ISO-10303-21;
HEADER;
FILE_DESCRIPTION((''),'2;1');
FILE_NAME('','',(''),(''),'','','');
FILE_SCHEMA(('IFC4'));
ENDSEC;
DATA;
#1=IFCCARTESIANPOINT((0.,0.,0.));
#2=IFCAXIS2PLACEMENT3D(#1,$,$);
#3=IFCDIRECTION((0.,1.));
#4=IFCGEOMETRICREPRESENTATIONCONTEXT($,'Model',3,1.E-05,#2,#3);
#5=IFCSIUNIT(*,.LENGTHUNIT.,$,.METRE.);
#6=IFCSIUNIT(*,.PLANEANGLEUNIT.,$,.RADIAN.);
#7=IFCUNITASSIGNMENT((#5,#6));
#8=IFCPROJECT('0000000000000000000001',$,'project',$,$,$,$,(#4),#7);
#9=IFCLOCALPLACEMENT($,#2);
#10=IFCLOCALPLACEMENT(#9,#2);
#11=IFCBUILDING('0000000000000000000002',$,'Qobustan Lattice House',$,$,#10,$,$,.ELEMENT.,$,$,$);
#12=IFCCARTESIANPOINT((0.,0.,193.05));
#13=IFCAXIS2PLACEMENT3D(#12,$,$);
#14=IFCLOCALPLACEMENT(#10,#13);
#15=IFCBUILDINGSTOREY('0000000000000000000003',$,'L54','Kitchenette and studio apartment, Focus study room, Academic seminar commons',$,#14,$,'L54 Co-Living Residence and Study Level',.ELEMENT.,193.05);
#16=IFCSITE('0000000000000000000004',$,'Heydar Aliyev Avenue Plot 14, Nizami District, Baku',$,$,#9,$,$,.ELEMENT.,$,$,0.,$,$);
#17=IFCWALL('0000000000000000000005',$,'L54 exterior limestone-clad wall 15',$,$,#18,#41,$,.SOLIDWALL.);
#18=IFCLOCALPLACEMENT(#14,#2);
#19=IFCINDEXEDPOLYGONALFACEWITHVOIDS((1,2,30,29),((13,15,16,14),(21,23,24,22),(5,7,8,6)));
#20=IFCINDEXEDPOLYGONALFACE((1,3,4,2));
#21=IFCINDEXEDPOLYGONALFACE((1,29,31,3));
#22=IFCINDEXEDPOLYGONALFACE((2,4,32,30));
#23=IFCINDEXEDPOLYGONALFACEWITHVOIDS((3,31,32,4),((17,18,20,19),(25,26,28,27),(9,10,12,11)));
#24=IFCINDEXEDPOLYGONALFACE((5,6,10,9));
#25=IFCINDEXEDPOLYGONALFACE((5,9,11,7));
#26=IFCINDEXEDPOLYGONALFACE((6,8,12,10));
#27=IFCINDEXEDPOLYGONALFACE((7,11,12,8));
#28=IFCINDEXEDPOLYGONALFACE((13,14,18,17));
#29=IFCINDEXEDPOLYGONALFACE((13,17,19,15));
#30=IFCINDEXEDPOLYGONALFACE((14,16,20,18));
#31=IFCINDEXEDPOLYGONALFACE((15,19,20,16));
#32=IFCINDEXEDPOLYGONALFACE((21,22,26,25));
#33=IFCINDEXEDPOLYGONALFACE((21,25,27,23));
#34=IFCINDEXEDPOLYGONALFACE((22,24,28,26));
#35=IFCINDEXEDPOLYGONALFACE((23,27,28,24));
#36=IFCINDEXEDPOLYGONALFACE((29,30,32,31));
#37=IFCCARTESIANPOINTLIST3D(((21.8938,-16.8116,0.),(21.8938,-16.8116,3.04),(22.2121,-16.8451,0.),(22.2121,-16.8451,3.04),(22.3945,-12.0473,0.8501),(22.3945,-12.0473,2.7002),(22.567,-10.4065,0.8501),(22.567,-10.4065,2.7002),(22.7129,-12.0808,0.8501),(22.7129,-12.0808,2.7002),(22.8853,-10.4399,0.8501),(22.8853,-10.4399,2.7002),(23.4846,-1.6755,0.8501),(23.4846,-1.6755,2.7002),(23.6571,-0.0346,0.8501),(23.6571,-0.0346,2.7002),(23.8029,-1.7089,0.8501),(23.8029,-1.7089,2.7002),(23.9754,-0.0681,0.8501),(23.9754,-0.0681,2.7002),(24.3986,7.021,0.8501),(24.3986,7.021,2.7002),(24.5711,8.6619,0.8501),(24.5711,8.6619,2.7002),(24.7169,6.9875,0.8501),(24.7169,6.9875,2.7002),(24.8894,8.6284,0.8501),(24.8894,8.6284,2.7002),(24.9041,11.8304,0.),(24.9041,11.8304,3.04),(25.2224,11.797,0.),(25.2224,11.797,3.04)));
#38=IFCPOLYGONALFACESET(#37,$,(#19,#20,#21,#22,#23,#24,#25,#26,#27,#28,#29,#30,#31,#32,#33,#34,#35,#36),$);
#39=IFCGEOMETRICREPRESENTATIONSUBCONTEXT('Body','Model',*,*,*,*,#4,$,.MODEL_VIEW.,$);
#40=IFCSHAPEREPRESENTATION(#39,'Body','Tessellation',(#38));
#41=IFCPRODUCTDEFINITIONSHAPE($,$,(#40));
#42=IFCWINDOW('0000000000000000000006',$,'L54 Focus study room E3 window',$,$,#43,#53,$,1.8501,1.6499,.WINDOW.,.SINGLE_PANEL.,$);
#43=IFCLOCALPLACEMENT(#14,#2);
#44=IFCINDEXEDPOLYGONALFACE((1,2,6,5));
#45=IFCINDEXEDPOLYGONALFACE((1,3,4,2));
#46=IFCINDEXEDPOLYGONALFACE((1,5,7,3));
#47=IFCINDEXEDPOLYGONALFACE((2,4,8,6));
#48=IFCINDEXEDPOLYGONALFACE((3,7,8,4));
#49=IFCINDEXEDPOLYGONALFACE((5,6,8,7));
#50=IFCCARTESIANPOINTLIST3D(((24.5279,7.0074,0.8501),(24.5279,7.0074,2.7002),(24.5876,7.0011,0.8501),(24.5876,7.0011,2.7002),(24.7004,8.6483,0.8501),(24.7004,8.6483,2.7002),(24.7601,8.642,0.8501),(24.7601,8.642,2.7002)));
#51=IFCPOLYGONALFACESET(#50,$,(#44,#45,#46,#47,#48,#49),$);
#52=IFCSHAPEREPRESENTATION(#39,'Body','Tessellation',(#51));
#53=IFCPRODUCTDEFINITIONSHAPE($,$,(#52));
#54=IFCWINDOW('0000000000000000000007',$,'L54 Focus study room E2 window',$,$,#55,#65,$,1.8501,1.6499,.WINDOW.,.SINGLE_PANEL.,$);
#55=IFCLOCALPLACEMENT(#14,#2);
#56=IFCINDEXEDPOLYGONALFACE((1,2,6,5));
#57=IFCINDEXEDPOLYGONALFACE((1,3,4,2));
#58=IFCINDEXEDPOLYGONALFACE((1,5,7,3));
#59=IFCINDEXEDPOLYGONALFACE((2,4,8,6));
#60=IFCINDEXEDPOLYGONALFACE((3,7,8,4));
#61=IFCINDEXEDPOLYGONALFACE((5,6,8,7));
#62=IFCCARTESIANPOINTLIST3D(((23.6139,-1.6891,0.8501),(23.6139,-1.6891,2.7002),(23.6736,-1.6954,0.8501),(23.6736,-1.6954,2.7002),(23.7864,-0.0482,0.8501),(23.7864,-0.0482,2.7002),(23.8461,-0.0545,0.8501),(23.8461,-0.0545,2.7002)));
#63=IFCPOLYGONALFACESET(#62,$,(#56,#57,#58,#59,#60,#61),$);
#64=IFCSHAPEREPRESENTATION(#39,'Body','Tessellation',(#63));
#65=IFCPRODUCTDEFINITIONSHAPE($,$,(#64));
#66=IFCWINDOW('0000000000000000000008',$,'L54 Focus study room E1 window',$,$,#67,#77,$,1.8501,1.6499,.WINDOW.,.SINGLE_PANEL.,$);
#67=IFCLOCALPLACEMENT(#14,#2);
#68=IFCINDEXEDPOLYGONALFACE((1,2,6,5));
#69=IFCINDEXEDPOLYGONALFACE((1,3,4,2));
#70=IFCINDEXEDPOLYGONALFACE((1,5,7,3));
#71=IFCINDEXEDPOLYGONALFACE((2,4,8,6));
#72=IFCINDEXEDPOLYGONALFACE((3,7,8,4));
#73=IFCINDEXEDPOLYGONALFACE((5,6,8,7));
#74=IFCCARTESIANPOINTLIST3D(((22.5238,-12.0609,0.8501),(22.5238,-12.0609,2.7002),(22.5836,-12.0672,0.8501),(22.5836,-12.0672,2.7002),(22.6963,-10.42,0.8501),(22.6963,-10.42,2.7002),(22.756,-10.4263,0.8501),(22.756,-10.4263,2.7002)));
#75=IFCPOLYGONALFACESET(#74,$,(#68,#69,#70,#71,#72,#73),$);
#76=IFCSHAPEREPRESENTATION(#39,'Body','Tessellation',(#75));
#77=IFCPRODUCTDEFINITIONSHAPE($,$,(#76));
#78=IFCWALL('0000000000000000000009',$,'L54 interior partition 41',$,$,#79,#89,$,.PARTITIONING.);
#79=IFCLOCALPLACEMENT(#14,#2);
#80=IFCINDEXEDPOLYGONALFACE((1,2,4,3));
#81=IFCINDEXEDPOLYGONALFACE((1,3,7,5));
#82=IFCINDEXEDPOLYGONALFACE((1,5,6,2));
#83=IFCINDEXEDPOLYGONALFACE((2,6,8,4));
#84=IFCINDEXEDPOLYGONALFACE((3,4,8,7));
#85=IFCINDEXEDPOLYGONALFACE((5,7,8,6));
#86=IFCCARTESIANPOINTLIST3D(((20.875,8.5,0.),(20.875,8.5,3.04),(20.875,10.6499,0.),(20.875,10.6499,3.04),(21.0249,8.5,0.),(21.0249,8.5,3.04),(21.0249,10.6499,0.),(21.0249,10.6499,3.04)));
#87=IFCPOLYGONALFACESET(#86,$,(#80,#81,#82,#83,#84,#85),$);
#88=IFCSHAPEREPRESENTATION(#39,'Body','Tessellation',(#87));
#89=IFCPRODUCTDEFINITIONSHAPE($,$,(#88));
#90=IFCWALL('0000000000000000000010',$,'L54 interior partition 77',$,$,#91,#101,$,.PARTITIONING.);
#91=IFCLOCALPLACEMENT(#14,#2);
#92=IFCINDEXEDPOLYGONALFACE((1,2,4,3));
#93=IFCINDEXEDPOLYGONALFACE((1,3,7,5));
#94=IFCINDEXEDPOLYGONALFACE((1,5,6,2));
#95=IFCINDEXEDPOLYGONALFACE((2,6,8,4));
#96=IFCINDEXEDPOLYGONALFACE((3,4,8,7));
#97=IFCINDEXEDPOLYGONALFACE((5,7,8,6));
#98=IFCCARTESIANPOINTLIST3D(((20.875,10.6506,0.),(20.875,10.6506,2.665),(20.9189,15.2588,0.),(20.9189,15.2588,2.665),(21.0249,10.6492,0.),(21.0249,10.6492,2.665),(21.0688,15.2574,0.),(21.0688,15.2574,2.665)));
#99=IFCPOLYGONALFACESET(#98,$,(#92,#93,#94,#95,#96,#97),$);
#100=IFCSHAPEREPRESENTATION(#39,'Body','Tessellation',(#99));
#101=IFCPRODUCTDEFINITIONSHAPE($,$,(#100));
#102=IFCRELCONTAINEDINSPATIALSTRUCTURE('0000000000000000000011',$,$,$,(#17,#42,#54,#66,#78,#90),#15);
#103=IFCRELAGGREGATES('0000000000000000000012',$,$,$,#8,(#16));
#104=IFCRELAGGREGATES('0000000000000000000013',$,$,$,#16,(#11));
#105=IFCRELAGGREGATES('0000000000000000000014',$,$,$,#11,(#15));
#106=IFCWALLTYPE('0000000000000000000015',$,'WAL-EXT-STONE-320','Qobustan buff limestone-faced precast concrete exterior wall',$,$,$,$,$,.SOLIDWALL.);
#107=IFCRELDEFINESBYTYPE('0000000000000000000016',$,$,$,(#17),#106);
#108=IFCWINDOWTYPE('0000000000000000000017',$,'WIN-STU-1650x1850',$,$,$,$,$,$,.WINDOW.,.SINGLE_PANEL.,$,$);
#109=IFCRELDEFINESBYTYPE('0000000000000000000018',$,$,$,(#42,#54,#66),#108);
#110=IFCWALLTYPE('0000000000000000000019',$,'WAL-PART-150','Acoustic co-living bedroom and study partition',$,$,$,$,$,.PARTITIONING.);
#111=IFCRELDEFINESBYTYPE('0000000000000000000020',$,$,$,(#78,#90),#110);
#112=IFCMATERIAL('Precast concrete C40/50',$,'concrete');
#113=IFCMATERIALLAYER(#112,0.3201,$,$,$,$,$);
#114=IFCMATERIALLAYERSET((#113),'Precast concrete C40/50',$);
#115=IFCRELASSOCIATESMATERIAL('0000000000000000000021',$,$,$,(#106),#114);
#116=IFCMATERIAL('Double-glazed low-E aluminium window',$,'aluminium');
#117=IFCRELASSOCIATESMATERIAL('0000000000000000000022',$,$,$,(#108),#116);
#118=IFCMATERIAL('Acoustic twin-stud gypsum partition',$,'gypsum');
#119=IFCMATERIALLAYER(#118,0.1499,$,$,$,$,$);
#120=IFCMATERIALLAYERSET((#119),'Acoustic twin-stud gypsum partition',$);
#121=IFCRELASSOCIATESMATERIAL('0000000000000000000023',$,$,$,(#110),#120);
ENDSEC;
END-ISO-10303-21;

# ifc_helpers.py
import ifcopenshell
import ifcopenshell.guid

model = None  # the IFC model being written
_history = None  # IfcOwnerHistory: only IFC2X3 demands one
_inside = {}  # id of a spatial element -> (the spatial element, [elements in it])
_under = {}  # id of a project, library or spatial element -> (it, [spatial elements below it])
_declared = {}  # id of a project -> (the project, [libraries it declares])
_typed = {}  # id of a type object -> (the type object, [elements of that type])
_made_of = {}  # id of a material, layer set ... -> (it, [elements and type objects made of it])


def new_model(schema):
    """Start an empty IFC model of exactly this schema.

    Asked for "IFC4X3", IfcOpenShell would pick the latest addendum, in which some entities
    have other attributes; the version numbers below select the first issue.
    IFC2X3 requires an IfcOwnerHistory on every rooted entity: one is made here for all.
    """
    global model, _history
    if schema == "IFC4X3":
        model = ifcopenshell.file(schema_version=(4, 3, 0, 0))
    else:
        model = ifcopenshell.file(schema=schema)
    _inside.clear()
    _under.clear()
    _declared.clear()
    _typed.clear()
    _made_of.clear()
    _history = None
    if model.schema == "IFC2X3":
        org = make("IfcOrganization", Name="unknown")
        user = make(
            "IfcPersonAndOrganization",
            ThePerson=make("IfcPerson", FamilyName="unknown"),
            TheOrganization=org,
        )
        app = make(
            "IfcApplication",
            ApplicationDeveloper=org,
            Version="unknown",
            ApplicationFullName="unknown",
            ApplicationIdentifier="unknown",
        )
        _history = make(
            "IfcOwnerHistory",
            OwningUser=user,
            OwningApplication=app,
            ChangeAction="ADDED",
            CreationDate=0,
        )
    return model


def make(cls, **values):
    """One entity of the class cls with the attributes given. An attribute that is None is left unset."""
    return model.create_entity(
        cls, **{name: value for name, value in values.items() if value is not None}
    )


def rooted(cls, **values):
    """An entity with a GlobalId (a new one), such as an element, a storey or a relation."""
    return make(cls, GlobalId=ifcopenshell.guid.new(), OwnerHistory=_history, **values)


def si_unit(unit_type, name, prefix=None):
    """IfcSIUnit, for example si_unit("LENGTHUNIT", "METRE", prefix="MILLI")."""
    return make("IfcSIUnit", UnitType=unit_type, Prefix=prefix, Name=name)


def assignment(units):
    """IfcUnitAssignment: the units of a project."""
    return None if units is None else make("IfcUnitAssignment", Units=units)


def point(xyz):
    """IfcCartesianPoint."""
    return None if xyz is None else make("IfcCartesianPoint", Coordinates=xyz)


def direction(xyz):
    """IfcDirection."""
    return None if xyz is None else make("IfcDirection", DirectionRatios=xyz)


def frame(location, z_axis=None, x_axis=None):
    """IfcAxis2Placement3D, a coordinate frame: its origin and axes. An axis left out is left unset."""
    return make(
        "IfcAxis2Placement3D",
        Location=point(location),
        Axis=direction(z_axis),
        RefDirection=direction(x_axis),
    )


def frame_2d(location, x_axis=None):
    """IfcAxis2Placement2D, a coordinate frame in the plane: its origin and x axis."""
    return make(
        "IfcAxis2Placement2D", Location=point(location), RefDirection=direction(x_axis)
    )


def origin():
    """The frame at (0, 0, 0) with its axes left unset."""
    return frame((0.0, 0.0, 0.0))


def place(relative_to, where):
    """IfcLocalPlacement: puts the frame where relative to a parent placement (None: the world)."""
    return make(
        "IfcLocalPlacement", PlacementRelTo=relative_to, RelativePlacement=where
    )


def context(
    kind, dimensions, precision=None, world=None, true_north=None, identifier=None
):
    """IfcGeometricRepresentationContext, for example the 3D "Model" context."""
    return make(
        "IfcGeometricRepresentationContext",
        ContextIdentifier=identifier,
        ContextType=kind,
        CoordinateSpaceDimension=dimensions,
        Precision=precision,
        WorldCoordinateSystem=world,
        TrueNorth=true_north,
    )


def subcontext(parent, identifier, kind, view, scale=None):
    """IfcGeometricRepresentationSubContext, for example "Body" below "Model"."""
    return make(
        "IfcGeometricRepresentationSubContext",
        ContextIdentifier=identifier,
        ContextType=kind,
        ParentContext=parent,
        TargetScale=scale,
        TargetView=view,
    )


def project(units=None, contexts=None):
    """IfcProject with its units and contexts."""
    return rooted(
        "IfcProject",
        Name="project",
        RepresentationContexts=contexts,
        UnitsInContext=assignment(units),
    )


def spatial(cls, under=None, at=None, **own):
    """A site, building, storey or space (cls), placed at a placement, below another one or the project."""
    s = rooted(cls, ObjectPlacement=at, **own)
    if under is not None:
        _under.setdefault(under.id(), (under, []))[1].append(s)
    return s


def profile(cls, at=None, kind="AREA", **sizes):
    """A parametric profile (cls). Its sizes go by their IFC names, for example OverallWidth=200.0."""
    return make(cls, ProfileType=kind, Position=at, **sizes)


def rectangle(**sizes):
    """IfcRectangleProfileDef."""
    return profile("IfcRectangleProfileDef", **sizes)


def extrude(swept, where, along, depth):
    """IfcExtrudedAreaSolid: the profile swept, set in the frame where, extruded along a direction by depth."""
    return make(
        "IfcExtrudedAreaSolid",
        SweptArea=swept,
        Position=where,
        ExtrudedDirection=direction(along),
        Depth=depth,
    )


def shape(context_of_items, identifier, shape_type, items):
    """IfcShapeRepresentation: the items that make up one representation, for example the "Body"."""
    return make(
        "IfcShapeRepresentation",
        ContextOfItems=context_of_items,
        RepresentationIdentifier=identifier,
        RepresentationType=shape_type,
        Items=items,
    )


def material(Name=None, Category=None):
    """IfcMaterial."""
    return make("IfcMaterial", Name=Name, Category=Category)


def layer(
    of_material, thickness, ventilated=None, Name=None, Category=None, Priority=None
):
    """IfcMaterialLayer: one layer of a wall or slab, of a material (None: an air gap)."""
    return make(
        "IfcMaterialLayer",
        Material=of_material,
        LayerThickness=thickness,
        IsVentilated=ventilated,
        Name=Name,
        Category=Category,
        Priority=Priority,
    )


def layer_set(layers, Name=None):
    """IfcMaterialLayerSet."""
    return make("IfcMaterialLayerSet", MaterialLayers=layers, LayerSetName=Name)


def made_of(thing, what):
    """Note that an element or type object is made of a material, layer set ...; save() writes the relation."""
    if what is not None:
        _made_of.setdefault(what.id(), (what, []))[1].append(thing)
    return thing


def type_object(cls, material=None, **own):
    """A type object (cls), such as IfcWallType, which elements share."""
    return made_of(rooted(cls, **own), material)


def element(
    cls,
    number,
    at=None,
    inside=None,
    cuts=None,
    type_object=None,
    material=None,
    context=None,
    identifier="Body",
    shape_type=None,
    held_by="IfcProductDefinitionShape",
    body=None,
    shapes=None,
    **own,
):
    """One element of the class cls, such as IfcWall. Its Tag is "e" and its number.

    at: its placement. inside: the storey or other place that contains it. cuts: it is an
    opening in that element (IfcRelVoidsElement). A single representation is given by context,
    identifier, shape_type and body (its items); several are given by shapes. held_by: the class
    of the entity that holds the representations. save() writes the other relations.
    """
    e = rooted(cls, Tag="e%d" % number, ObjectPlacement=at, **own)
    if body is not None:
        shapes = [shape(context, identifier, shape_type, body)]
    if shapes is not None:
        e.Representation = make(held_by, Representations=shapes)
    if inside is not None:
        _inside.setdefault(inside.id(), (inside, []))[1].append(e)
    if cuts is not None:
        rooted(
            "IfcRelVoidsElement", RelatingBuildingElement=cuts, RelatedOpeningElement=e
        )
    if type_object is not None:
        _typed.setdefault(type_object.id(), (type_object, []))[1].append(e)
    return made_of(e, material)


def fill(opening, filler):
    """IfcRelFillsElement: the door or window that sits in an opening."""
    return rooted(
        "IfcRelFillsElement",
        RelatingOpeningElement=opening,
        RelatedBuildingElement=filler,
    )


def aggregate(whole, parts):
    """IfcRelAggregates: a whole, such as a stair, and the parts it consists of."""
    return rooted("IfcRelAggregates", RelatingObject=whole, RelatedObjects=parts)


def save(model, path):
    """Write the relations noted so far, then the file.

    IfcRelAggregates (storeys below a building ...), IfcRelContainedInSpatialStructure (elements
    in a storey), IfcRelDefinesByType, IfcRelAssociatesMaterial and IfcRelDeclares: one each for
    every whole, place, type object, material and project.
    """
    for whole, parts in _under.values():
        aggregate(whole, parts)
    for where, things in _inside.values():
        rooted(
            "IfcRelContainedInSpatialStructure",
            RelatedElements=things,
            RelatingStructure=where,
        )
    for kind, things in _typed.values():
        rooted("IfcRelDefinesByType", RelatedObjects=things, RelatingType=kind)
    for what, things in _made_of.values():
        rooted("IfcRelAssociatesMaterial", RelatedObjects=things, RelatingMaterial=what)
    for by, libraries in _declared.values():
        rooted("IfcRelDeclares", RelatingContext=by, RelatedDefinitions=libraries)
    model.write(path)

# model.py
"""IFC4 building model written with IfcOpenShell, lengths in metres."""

from ifc_helpers import new_model, si_unit, direction, frame, frame_2d, origin, place, context, subcontext, project, spatial, rectangle, extrude, material, layer, layer_set, type_object, element, fill, save


model = new_model("IFC4")

# Units and contexts
model_context = context("Model", 3, precision=1e-05, world=origin(), true_north=direction((0.0, 1.0)))
body_context = subcontext(model_context, "Body", "Model", "MODEL_VIEW")
ifc_project = project(units=[si_unit("LENGTHUNIT", "METRE"), si_unit("PLANEANGLEUNIT", "RADIAN")], contexts=[model_context])

# Site, building, storey
site_placement = place(None, origin())
site = spatial("IfcSite", under=ifc_project, at=site_placement, Name="Heydar Aliyev Avenue Plot 14, Nizami District, Baku", CompositionType="ELEMENT", RefElevation=0.0)
building_placement = place(site_placement, origin())
building = spatial("IfcBuilding", under=site, at=building_placement, Name="Qobustan Lattice House", CompositionType="ELEMENT")
storey_placement = place(building_placement, frame((0.0, 0.0, 193.05)))
storey = spatial("IfcBuildingStorey", under=building, at=storey_placement, Name="L54", Description="Kitchenette and studio apartment, Focus study room, Academic seminar commons", LongName="L54 Co-Living Residence and Study Level", CompositionType="ELEMENT", Elevation=193.05)

# Shared definitions
ifc_material_1 = material(Name="Precast concrete C40/50", Category="concrete")
ifc_layer_1 = layer(ifc_material_1, 0.3201)
ifc_layer_set_1 = layer_set([ifc_layer_1], Name="Precast concrete C40/50")
wall_type_1 = type_object("IfcWallType", Name="WAL-EXT-STONE-320", Description="Qobustan buff limestone-faced precast concrete exterior wall", PredefinedType="SOLIDWALL", material=ifc_layer_set_1)

# Wall, openings, windows
wall_1_placement = place(storey_placement, frame((25.0632, 11.8137, 0.0), z_axis=(0.0, 0.0, 1.0), x_axis=(-0.104523, -0.994522, 0.0)))
wall_1 = element("IfcWall", 1, at=wall_1_placement, inside=storey, type_object=wall_type_1, Name="L54 exterior limestone-clad wall 15", PredefinedType="SOLIDWALL", context=body_context, shape_type="SweptSolid", body=[
    extrude(rectangle(XDim=28.7998, YDim=0.3201, at=frame_2d((14.3999, 0.0))), origin(), (0.0, 0.0, 1.0), 3.04),
])
opening_1_placement = place(wall_1_placement, frame((3.186, 0.0, 0.8501)))
opening_1 = element("IfcOpeningElement", 2, at=opening_1_placement, cuts=wall_1, PredefinedType="OPENING", context=body_context, shape_type="SweptSolid", body=[
    extrude(rectangle(XDim=1.6499, YDim=1.8501, at=frame_2d((0.825, 0.925))), frame((0.0, 0.1699, 0.0), z_axis=(0.0, -1.0, 0.0), x_axis=(1.0, 0.0, 0.0)), (0.0, 0.0, 1.0), 0.3401),
])
opening_2_placement = place(wall_1_placement, frame((11.9304, 0.0, 0.8501)))
opening_2 = element("IfcOpeningElement", 3, at=opening_2_placement, cuts=wall_1, PredefinedType="OPENING", context=body_context, shape_type="SweptSolid", body=[
    extrude(rectangle(XDim=1.6499, YDim=1.8501, at=frame_2d((0.825, 0.925))), frame((0.0, 0.1699, 0.0), z_axis=(0.0, -1.0, 0.0), x_axis=(1.0, 0.0, 0.0)), (0.0, 0.0, 1.0), 0.3401),
])
opening_3_placement = place(wall_1_placement, frame((22.3594, 0.0, 0.8501)))
opening_3 = element("IfcOpeningElement", 4, at=opening_3_placement, cuts=wall_1, PredefinedType="OPENING", context=body_context, shape_type="SweptSolid", body=[
    extrude(rectangle(XDim=1.6499, YDim=1.8501, at=frame_2d((0.825, 0.925))), frame((0.0, 0.1699, 0.0), z_axis=(0.0, -1.0, 0.0), x_axis=(1.0, 0.0, 0.0)), (0.0, 0.0, 1.0), 0.3401),
])
ifc_material_2 = material(Name="Double-glazed low-E aluminium window", Category="aluminium")
window_type = type_object("IfcWindowType", Name="WIN-STU-1650x1850", PartitioningType="SINGLE_PANEL", PredefinedType="WINDOW", material=ifc_material_2)
window_1_placement = place(opening_1_placement, origin())
window_1 = element("IfcWindow", 5, at=window_1_placement, inside=storey, type_object=window_type, Name="L54 Focus study room E3 window", OverallHeight=1.8501, OverallWidth=1.6499, PartitioningType="SINGLE_PANEL", PredefinedType="WINDOW", context=body_context, shape_type="SweptSolid", body=[
    extrude(rectangle(XDim=1.6499, YDim=1.8501, at=frame_2d((0.825, 0.925))), frame((0.0, 0.03, 0.0), z_axis=(0.0, -1.0, 0.0), x_axis=(1.0, 0.0, 0.0)), (0.0, 0.0, 1.0), 0.0601),
])
fill(opening_1, window_1)
window_2_placement = place(opening_2_placement, origin())
window_2 = element("IfcWindow", 6, at=window_2_placement, inside=storey, type_object=window_type, Name="L54 Focus study room E2 window", OverallHeight=1.8501, OverallWidth=1.6499, PartitioningType="SINGLE_PANEL", PredefinedType="WINDOW", context=body_context, shape_type="SweptSolid", body=[
    extrude(rectangle(XDim=1.6499, YDim=1.8501, at=frame_2d((0.825, 0.925))), frame((0.0, 0.03, 0.0), z_axis=(0.0, -1.0, 0.0), x_axis=(1.0, 0.0, 0.0)), (0.0, 0.0, 1.0), 0.0601),
])
fill(opening_2, window_2)
window_3_placement = place(opening_3_placement, origin())
window_3 = element("IfcWindow", 7, at=window_3_placement, inside=storey, type_object=window_type, Name="L54 Focus study room E1 window", OverallHeight=1.8501, OverallWidth=1.6499, PartitioningType="SINGLE_PANEL", PredefinedType="WINDOW", context=body_context, shape_type="SweptSolid", body=[
    extrude(rectangle(XDim=1.6499, YDim=1.8501, at=frame_2d((0.825, 0.925))), frame((0.0, 0.03, 0.0), z_axis=(0.0, -1.0, 0.0), x_axis=(1.0, 0.0, 0.0)), (0.0, 0.0, 1.0), 0.0601),
])
fill(opening_3, window_3)

# Wall
ifc_material_3 = material(Name="Acoustic twin-stud gypsum partition", Category="gypsum")
ifc_layer_2 = layer(ifc_material_3, 0.1499)
ifc_layer_set_2 = layer_set([ifc_layer_2], Name="Acoustic twin-stud gypsum partition")
wall_type_2 = type_object("IfcWallType", Name="WAL-PART-150", Description="Acoustic co-living bedroom and study partition", PredefinedType="PARTITIONING", material=ifc_layer_set_2)
wall_2_placement = place(storey_placement, frame((20.95, 10.6499, 0.0), z_axis=(0.0, 0.0, 1.0), x_axis=(0.0, -1.0, 0.0)))
element("IfcWall", 8, at=wall_2_placement, inside=storey, type_object=wall_type_2, Name="L54 interior partition 41", PredefinedType="PARTITIONING", context=body_context, shape_type="SweptSolid", body=[
    extrude(rectangle(XDim=2.1499, YDim=0.1499, at=frame_2d((1.075, 0.0))), origin(), (0.0, 0.0, 1.0), 3.04),
])

# Wall
wall_3_placement = place(storey_placement, frame((20.95, 10.6499, 0.0), z_axis=(0.0, 0.0, 1.0), x_axis=(0.009536, 0.999955, 0.0)))
element("IfcWall", 9, at=wall_3_placement, inside=storey, type_object=wall_type_2, Name="L54 interior partition 77", PredefinedType="PARTITIONING", context=body_context, shape_type="SweptSolid", body=[
    extrude(rectangle(XDim=4.6084, YDim=0.1499, at=frame_2d((2.3042, 0.0))), origin(), (0.0, 0.0, 1.0), 2.665),
])

save(model, "model.ifc")
